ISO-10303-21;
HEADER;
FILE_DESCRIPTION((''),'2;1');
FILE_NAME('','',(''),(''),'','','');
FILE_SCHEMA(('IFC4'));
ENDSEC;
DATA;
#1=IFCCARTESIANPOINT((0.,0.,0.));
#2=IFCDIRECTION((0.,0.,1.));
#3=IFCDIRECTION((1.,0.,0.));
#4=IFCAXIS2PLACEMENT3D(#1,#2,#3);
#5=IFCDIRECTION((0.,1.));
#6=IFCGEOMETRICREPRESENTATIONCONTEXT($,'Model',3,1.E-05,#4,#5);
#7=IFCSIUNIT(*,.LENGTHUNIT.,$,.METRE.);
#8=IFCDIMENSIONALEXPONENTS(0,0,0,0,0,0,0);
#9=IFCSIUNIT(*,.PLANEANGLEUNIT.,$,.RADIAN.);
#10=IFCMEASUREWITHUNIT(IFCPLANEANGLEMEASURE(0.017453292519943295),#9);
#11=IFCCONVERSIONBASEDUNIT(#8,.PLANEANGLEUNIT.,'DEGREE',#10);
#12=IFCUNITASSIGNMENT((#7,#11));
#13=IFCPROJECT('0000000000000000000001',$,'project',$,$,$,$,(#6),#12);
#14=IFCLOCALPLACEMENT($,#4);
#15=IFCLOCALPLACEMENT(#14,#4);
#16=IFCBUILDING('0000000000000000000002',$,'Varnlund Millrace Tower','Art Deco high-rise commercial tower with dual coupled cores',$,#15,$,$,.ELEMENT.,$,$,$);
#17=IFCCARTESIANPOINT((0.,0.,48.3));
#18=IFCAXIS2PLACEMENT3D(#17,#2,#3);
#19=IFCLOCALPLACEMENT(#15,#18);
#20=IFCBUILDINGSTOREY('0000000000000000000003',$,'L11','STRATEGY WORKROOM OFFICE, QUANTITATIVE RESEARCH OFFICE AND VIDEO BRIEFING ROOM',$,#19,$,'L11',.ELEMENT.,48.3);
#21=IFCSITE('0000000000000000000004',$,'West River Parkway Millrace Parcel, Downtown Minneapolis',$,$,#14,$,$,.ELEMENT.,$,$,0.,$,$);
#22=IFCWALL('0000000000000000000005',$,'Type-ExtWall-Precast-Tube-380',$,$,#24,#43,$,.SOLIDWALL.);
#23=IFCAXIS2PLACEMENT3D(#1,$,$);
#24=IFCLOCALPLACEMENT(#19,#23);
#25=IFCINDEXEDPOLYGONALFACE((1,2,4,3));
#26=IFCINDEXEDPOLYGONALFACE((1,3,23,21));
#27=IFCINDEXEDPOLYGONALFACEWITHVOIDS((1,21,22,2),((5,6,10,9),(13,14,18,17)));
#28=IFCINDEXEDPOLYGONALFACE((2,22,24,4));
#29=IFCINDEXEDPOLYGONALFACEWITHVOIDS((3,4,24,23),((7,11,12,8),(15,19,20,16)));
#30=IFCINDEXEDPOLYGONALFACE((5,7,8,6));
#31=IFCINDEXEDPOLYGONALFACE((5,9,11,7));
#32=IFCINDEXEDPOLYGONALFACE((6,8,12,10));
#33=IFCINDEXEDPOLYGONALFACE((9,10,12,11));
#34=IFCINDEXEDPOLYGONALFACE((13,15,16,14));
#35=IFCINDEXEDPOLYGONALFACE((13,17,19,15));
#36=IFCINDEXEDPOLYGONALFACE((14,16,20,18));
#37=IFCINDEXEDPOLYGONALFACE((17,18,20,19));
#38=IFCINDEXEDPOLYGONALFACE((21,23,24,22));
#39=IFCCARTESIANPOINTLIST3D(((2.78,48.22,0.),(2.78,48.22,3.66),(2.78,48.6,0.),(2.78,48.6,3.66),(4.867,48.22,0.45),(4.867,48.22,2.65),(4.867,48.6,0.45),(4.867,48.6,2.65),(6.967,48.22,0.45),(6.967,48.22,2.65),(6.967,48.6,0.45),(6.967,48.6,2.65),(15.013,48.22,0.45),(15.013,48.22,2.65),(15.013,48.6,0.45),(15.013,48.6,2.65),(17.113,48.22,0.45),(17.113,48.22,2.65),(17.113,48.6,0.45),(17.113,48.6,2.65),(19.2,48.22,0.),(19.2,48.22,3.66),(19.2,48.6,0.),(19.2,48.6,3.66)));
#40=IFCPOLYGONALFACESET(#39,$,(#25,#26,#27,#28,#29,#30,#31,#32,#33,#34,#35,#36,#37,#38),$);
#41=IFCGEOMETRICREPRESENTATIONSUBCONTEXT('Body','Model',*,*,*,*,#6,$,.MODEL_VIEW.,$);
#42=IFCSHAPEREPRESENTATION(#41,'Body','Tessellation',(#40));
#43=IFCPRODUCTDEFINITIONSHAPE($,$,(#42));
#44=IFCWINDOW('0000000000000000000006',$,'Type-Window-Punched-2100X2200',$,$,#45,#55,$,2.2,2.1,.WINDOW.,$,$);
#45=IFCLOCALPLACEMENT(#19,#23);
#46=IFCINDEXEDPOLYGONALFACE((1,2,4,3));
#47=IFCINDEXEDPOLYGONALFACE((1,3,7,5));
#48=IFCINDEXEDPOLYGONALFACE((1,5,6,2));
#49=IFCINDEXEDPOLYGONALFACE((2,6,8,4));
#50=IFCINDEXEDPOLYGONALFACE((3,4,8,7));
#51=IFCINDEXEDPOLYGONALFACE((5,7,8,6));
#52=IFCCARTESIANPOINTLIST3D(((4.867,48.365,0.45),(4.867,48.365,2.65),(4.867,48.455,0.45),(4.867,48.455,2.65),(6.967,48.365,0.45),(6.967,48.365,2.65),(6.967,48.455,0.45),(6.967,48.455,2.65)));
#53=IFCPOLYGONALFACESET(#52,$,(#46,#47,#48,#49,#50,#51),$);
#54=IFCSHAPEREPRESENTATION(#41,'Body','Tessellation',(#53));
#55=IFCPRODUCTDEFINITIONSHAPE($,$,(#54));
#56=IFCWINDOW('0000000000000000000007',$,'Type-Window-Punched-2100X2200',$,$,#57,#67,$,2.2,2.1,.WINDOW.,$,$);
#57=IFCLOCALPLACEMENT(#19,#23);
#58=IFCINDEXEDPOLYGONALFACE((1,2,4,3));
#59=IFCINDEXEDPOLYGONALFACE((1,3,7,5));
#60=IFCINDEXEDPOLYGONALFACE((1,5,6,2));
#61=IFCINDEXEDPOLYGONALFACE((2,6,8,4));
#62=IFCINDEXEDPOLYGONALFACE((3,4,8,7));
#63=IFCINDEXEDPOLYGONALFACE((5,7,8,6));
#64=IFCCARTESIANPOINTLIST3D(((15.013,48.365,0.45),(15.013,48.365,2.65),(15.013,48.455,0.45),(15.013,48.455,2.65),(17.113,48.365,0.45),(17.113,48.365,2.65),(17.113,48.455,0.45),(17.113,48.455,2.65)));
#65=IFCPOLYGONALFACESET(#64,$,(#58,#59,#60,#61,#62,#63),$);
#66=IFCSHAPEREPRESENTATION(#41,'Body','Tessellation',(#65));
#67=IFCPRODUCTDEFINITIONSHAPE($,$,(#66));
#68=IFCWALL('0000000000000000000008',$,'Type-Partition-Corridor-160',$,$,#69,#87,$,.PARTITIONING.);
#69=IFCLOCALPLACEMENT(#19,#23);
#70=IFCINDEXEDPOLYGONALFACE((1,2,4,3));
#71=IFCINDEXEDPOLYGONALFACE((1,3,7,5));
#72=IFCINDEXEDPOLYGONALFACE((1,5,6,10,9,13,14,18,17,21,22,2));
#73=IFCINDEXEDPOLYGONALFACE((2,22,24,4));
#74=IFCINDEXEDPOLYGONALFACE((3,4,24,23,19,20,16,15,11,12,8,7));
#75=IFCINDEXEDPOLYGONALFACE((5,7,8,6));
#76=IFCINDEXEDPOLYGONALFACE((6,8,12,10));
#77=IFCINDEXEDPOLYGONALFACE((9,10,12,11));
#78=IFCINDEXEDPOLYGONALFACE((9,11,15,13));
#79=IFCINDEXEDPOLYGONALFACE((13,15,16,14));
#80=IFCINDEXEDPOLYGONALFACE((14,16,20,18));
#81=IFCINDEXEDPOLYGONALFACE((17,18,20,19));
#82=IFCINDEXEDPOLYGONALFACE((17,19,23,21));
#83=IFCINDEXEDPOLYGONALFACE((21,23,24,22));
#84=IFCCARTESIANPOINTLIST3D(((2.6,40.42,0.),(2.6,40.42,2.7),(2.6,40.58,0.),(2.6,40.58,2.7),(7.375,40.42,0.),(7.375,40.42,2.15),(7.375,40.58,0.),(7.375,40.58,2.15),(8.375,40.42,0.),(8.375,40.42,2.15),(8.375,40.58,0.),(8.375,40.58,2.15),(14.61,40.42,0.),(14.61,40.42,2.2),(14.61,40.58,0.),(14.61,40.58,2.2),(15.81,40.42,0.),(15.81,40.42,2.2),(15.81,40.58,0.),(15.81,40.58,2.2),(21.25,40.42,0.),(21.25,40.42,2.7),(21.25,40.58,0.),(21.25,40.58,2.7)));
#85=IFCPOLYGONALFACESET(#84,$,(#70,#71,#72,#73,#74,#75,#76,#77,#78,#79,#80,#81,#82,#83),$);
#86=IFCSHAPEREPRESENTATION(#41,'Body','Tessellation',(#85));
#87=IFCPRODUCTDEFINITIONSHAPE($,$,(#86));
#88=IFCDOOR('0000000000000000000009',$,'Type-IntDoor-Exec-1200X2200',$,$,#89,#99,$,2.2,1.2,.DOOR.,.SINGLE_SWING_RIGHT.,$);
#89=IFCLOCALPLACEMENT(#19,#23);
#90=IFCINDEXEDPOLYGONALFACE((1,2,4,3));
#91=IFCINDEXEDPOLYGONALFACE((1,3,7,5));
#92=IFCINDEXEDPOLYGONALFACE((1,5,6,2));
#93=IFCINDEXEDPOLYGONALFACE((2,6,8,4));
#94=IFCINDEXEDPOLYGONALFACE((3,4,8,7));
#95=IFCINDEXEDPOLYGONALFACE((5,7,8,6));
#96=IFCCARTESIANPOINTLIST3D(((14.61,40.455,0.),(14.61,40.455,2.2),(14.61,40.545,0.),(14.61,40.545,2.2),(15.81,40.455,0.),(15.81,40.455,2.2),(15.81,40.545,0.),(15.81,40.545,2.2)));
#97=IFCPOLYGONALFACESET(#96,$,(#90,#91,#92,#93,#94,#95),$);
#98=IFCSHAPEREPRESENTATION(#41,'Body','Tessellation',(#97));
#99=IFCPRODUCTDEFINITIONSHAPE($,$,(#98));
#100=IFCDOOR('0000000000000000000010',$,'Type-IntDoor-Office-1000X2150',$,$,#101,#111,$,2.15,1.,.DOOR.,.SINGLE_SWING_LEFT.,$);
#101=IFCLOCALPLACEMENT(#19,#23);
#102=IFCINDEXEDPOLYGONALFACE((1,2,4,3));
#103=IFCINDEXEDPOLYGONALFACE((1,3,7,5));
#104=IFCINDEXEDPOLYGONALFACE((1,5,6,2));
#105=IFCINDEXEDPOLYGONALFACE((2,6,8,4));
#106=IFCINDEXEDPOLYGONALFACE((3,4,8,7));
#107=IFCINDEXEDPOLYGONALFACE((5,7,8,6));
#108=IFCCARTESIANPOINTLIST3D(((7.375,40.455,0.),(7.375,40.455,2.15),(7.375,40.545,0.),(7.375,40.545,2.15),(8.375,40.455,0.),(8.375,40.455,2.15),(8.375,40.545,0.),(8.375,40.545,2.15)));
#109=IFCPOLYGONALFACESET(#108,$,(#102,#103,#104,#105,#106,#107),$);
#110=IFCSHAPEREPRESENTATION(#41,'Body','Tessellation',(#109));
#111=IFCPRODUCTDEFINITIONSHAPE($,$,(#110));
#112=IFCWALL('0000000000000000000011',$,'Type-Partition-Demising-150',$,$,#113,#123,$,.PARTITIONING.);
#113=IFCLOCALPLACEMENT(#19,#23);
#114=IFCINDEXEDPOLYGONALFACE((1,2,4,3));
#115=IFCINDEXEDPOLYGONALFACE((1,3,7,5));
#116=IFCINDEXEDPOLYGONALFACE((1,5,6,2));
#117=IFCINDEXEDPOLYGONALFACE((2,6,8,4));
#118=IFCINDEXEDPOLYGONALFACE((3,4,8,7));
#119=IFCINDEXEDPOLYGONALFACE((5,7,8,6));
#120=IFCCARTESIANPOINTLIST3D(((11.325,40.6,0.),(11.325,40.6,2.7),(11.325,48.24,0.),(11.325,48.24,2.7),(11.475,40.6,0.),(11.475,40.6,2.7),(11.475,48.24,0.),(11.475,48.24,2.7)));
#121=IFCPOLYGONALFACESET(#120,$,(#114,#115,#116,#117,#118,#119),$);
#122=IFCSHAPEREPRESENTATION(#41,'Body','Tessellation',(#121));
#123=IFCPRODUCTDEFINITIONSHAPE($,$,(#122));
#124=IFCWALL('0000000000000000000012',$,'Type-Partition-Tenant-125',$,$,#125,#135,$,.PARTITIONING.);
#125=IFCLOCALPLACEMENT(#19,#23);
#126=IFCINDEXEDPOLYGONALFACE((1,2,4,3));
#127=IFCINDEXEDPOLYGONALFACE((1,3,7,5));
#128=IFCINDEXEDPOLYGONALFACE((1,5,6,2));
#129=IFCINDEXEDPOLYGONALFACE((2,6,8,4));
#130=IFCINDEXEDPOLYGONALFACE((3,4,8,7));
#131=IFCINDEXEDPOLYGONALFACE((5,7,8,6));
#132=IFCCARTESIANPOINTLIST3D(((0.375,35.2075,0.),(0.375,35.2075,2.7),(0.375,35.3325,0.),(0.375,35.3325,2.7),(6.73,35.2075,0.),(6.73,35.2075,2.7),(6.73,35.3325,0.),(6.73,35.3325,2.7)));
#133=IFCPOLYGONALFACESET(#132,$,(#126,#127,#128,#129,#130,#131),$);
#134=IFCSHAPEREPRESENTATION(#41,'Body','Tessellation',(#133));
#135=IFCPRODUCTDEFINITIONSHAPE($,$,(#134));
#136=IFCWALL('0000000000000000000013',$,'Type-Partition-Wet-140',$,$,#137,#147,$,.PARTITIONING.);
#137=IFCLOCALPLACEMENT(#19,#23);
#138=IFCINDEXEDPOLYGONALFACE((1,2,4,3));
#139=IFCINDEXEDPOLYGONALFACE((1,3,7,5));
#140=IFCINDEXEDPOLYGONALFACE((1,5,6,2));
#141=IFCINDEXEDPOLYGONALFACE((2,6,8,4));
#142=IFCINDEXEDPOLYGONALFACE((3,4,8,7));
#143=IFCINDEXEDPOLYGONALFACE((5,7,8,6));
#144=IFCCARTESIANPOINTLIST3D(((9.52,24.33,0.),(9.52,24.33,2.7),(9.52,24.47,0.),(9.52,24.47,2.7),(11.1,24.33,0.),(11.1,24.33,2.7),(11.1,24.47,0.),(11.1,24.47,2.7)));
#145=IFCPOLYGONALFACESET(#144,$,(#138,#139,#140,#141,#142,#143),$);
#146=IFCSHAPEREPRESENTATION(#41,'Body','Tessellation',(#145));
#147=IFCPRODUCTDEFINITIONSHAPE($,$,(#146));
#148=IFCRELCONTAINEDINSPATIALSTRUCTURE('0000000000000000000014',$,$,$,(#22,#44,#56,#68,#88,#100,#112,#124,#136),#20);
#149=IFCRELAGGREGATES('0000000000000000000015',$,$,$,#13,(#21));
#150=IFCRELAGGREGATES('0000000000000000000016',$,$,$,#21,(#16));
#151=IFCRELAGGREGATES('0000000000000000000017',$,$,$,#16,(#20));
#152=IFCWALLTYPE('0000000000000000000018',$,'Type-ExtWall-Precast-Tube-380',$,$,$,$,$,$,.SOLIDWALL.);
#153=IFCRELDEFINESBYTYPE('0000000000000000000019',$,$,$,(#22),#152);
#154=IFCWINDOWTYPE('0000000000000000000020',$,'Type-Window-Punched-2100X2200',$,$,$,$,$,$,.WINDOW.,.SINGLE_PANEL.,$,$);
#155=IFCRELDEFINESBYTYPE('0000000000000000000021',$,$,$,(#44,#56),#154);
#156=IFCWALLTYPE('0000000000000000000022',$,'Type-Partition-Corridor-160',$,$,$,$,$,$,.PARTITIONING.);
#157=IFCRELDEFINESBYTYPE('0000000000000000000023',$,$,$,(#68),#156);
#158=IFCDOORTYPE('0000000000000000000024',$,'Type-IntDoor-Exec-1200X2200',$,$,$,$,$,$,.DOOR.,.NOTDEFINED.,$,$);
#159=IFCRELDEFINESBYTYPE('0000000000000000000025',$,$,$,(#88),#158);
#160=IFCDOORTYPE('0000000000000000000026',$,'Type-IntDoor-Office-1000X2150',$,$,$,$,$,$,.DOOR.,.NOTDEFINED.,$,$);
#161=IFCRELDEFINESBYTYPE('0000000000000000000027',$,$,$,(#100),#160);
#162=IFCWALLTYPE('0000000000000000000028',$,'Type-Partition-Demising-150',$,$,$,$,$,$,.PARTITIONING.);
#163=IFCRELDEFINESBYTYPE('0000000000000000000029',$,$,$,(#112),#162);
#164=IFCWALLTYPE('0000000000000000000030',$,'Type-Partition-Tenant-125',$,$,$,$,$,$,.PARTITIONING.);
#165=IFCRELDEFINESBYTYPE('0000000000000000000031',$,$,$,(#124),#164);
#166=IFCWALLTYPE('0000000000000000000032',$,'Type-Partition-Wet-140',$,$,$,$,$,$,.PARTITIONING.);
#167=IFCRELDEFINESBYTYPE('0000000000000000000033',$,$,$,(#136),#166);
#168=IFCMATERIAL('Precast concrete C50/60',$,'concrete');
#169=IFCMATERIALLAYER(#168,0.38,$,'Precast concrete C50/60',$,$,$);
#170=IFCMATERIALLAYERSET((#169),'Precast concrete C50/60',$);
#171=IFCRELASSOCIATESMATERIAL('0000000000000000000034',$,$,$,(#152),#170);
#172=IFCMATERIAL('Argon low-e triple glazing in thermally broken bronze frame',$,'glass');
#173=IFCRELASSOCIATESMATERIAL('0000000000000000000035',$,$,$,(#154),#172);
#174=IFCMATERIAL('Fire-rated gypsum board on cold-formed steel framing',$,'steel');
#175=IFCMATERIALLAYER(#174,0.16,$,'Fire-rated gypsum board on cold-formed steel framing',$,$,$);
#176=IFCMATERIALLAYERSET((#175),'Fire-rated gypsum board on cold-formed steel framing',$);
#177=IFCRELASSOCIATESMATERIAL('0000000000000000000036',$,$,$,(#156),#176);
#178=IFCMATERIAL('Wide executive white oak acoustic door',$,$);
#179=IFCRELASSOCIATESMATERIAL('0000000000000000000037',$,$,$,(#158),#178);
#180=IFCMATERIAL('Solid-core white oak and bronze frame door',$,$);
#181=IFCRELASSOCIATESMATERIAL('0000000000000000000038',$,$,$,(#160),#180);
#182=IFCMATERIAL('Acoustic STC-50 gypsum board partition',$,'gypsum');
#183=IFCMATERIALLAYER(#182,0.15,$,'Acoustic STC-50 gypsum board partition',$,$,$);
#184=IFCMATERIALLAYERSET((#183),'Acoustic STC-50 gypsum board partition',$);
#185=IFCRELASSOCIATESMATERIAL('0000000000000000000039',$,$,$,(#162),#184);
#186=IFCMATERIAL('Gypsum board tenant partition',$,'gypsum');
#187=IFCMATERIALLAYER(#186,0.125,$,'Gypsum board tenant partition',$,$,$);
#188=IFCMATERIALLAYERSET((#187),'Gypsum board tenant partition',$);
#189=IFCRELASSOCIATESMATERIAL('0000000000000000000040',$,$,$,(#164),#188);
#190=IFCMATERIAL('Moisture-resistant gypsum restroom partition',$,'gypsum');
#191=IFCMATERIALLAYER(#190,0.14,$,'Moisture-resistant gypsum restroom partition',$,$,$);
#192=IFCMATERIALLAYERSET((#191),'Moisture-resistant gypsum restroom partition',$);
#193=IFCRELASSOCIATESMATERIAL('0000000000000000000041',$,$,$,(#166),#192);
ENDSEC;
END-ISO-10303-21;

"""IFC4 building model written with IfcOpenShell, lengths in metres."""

from ifc_helpers import new_model, entity, si_unit, converted_unit, direction, frame, origin_with_axes, origin_2d_with_axis, place, context, subcontext, project, spatial, polyline, rectangle, outline, extrude, material, layer, layer_set, type_object, element, fill, save


model = new_model("IFC4")

# Units and contexts
model_context = context("Model", 3, precision=1e-05, world=origin_with_axes(), true_north=direction((0.0, 1.0)))
body_context = subcontext(model_context, "Body", "Model", "MODEL_VIEW")
ifc_project = project(units=[si_unit("LENGTHUNIT", "METRE"), converted_unit("PLANEANGLEUNIT", "DEGREE", entity("IfcPlaneAngleMeasure", 0.017453292519943295), si_unit("PLANEANGLEUNIT", "RADIAN"), dimensions=[0, 0, 0, 0, 0, 0, 0])], contexts=[model_context])

# Site, building, storey
site_placement = place(None, origin_with_axes())
site = spatial("IfcSite", under=ifc_project, at=site_placement, Name="West River Parkway Millrace Parcel, Downtown Minneapolis", CompositionType="ELEMENT", RefElevation=0.0)
building_placement = place(site_placement, origin_with_axes())
building = spatial("IfcBuilding", under=site, at=building_placement, Name="Varnlund Millrace Tower", Description="Art Deco high-rise commercial tower with dual coupled cores", CompositionType="ELEMENT")
storey_placement = place(building_placement, frame((0.0, 0.0, 48.3), z_axis=(0.0, 0.0, 1.0), x_axis=(1.0, 0.0, 0.0)))
storey = spatial("IfcBuildingStorey", under=building, at=storey_placement, Name="L11", Description="STRATEGY WORKROOM OFFICE, QUANTITATIVE RESEARCH OFFICE AND VIDEO BRIEFING ROOM", LongName="L11", CompositionType="ELEMENT", Elevation=48.3)

# Shared definitions
ifc_material_1 = material(Name="Precast concrete C50/60", Category="concrete")
ifc_layer_1 = layer(ifc_material_1, 0.38, Name="Precast concrete C50/60")
ifc_layer_set_1 = layer_set([ifc_layer_1], Name="Precast concrete C50/60")
wall_type_1 = type_object("IfcWallType", Name="Type-ExtWall-Precast-Tube-380", PredefinedType="SOLIDWALL", material=ifc_layer_set_1)

# Wall, openings, windows
wall_1_placement = place(storey_placement, frame((2.78, 48.41, 0.0), z_axis=(0.0, 0.0, 1.0), x_axis=(1.0, 0.0, 0.0)))
wall_1 = element("IfcWall", 1, at=wall_1_placement, inside=storey, type_object=wall_type_1, Name="Type-ExtWall-Precast-Tube-380", PredefinedType="SOLIDWALL", context=body_context, shape_type="SweptSolid", body=[
    extrude(outline(polyline([(0.0, -0.19), (16.42, -0.19), (16.42, 0.19), (0.0, 0.19), (0.0, -0.19)])), origin_with_axes(), (0.0, 0.0, 1.0), 3.66),
])
opening_1_placement = place(wall_1_placement, frame((3.137, 0.0, 0.45), z_axis=(0.0, 0.0, 1.0), x_axis=(1.0, 0.0, 0.0)))
opening_1 = element("IfcOpeningElement", 2, at=opening_1_placement, cuts=wall_1, PredefinedType="OPENING", context=body_context, shape_type="SweptSolid", body=[
    extrude(rectangle(XDim=2.1, YDim=0.4, at=origin_2d_with_axis()), origin_with_axes(), (0.0, 0.0, 1.0), 2.2),
])
opening_2_placement = place(wall_1_placement, frame((13.283, 0.0, 0.45), z_axis=(0.0, 0.0, 1.0), x_axis=(1.0, 0.0, 0.0)))
opening_2 = element("IfcOpeningElement", 3, at=opening_2_placement, cuts=wall_1, PredefinedType="OPENING", context=body_context, shape_type="SweptSolid", body=[
    extrude(rectangle(XDim=2.1, YDim=0.4, at=origin_2d_with_axis()), origin_with_axes(), (0.0, 0.0, 1.0), 2.2),
])
ifc_material_2 = material(Name="Argon low-e triple glazing in thermally broken bronze frame", Category="glass")
window_type = type_object("IfcWindowType", Name="Type-Window-Punched-2100X2200", PartitioningType="SINGLE_PANEL", PredefinedType="WINDOW", material=ifc_material_2)
window_1_placement = place(wall_1_placement, frame((3.137, 0.0, 0.45), z_axis=(0.0, 0.0, 1.0), x_axis=(1.0, 0.0, 0.0)))
window_1 = element("IfcWindow", 4, at=window_1_placement, inside=storey, type_object=window_type, Name="Type-Window-Punched-2100X2200", OverallHeight=2.2, OverallWidth=2.1, PredefinedType="WINDOW", context=body_context, shape_type="SweptSolid", body=[
    extrude(rectangle(XDim=2.1, YDim=0.09, at=origin_2d_with_axis()), origin_with_axes(), (0.0, 0.0, 1.0), 2.2),
])
fill(opening_1, window_1)
window_2_placement = place(wall_1_placement, frame((13.283, 0.0, 0.45), z_axis=(0.0, 0.0, 1.0), x_axis=(1.0, 0.0, 0.0)))
window_2 = element("IfcWindow", 5, at=window_2_placement, inside=storey, type_object=window_type, Name="Type-Window-Punched-2100X2200", OverallHeight=2.2, OverallWidth=2.1, PredefinedType="WINDOW", context=body_context, shape_type="SweptSolid", body=[
    extrude(rectangle(XDim=2.1, YDim=0.09, at=origin_2d_with_axis()), origin_with_axes(), (0.0, 0.0, 1.0), 2.2),
])
fill(opening_2, window_2)

# Wall, openings, doors
ifc_material_3 = material(Name="Fire-rated gypsum board on cold-formed steel framing", Category="steel")
ifc_layer_2 = layer(ifc_material_3, 0.16, Name="Fire-rated gypsum board on cold-formed steel framing")
ifc_layer_set_2 = layer_set([ifc_layer_2], Name="Fire-rated gypsum board on cold-formed steel framing")
wall_type_2 = type_object("IfcWallType", Name="Type-Partition-Corridor-160", PredefinedType="PARTITIONING", material=ifc_layer_set_2)
wall_2_placement = place(storey_placement, frame((2.6, 40.5, 0.0), z_axis=(0.0, 0.0, 1.0), x_axis=(1.0, 0.0, 0.0)))
wall_2 = element("IfcWall", 6, at=wall_2_placement, inside=storey, type_object=wall_type_2, Name="Type-Partition-Corridor-160", PredefinedType="PARTITIONING", context=body_context, shape_type="SweptSolid", body=[
    extrude(outline(polyline([(0.0, -0.08), (18.65, -0.08), (18.65, 0.08), (0.0, 0.08), (0.0, -0.08)])), origin_with_axes(), (0.0, 0.0, 1.0), 2.7),
])
opening_3_placement = place(wall_2_placement, frame((5.275, 0.0, 0.0), z_axis=(0.0, 0.0, 1.0), x_axis=(1.0, 0.0, 0.0)))
opening_3 = element("IfcOpeningElement", 7, at=opening_3_placement, cuts=wall_2, PredefinedType="OPENING", context=body_context, shape_type="SweptSolid", body=[
    extrude(rectangle(XDim=1.0, YDim=0.18, at=origin_2d_with_axis()), origin_with_axes(), (0.0, 0.0, 1.0), 2.15),
])
opening_4_placement = place(wall_2_placement, frame((12.61, 0.0, 0.0), z_axis=(0.0, 0.0, 1.0), x_axis=(1.0, 0.0, 0.0)))
opening_4 = element("IfcOpeningElement", 8, at=opening_4_placement, cuts=wall_2, PredefinedType="OPENING", context=body_context, shape_type="SweptSolid", body=[
    extrude(rectangle(XDim=1.2, YDim=0.18, at=origin_2d_with_axis()), origin_with_axes(), (0.0, 0.0, 1.0), 2.2),
])
ifc_material_4 = material(Name="Wide executive white oak acoustic door")
door_type_1 = type_object("IfcDoorType", Name="Type-IntDoor-Exec-1200X2200", OperationType="NOTDEFINED", PredefinedType="DOOR", material=ifc_material_4)
door_1_placement = place(wall_2_placement, frame((12.61, 0.0, 0.0), z_axis=(0.0, 0.0, 1.0), x_axis=(1.0, 0.0, 0.0)))
door_1 = element("IfcDoor", 9, at=door_1_placement, inside=storey, type_object=door_type_1, Name="Type-IntDoor-Exec-1200X2200", OperationType="SINGLE_SWING_RIGHT", OverallHeight=2.2, OverallWidth=1.2, PredefinedType="DOOR", context=body_context, shape_type="SweptSolid", body=[
    extrude(rectangle(XDim=1.2, YDim=0.09, at=origin_2d_with_axis()), origin_with_axes(), (0.0, 0.0, 1.0), 2.2),
])
fill(opening_4, door_1)
ifc_material_5 = material(Name="Solid-core white oak and bronze frame door")
door_type_2 = type_object("IfcDoorType", Name="Type-IntDoor-Office-1000X2150", OperationType="NOTDEFINED", PredefinedType="DOOR", material=ifc_material_5)
door_2_placement = place(wall_2_placement, frame((5.275, 0.0, 0.0), z_axis=(0.0, 0.0, 1.0), x_axis=(1.0, 0.0, 0.0)))
door_2 = element("IfcDoor", 10, at=door_2_placement, inside=storey, type_object=door_type_2, Name="Type-IntDoor-Office-1000X2150", OperationType="SINGLE_SWING_LEFT", OverallHeight=2.15, OverallWidth=1.0, PredefinedType="DOOR", context=body_context, shape_type="SweptSolid", body=[
    extrude(rectangle(XDim=1.0, YDim=0.09, at=origin_2d_with_axis()), origin_with_axes(), (0.0, 0.0, 1.0), 2.15),
])
fill(opening_3, door_2)

# Walls
ifc_material_6 = material(Name="Acoustic STC-50 gypsum board partition", Category="gypsum")
ifc_layer_3 = layer(ifc_material_6, 0.15, Name="Acoustic STC-50 gypsum board partition")
ifc_layer_set_3 = layer_set([ifc_layer_3], Name="Acoustic STC-50 gypsum board partition")
wall_type_3 = type_object("IfcWallType", Name="Type-Partition-Demising-150", PredefinedType="PARTITIONING", material=ifc_layer_set_3)
wall_3_placement = place(storey_placement, frame((11.4, 40.6, 0.0), z_axis=(0.0, 0.0, 1.0), x_axis=(0.0, 1.0, 0.0)))
element("IfcWall", 11, at=wall_3_placement, inside=storey, type_object=wall_type_3, Name="Type-Partition-Demising-150", PredefinedType="PARTITIONING", context=body_context, shape_type="SweptSolid", body=[
    extrude(outline(polyline([(0.0, -0.075), (7.64, -0.075), (7.64, 0.075), (0.0, 0.075), (0.0, -0.075)])), origin_with_axes(), (0.0, 0.0, 1.0), 2.7),
])
ifc_material_7 = material(Name="Gypsum board tenant partition", Category="gypsum")
ifc_layer_4 = layer(ifc_material_7, 0.125, Name="Gypsum board tenant partition")
ifc_layer_set_4 = layer_set([ifc_layer_4], Name="Gypsum board tenant partition")
wall_type_4 = type_object("IfcWallType", Name="Type-Partition-Tenant-125", PredefinedType="PARTITIONING", material=ifc_layer_set_4)
wall_4_placement = place(storey_placement, frame((0.375, 35.27, 0.0), z_axis=(0.0, 0.0, 1.0), x_axis=(1.0, 0.0, 0.0)))
element("IfcWall", 12, at=wall_4_placement, inside=storey, type_object=wall_type_4, Name="Type-Partition-Tenant-125", PredefinedType="PARTITIONING", context=body_context, shape_type="SweptSolid", body=[
    extrude(outline(polyline([(0.0, -0.0625), (6.355, -0.0625), (6.355, 0.0625), (0.0, 0.0625), (0.0, -0.0625)])), origin_with_axes(), (0.0, 0.0, 1.0), 2.7),
])
ifc_material_8 = material(Name="Moisture-resistant gypsum restroom partition", Category="gypsum")
ifc_layer_5 = layer(ifc_material_8, 0.14, Name="Moisture-resistant gypsum restroom partition")
ifc_layer_set_5 = layer_set([ifc_layer_5], Name="Moisture-resistant gypsum restroom partition")
wall_type_5 = type_object("IfcWallType", Name="Type-Partition-Wet-140", PredefinedType="PARTITIONING", material=ifc_layer_set_5)
wall_5_placement = place(storey_placement, frame((9.52, 24.4, 0.0), z_axis=(0.0, 0.0, 1.0), x_axis=(1.0, 0.0, 0.0)))
element("IfcWall", 13, at=wall_5_placement, inside=storey, type_object=wall_type_5, Name="Type-Partition-Wet-140", PredefinedType="PARTITIONING", context=body_context, shape_type="SweptSolid", body=[
    extrude(outline(polyline([(0.0, -0.07), (1.58, -0.07), (1.58, 0.07), (0.0, 0.07), (0.0, -0.07)])), origin_with_axes(), (0.0, 0.0, 1.0), 2.7),
])

save(model, "model.ifc")
